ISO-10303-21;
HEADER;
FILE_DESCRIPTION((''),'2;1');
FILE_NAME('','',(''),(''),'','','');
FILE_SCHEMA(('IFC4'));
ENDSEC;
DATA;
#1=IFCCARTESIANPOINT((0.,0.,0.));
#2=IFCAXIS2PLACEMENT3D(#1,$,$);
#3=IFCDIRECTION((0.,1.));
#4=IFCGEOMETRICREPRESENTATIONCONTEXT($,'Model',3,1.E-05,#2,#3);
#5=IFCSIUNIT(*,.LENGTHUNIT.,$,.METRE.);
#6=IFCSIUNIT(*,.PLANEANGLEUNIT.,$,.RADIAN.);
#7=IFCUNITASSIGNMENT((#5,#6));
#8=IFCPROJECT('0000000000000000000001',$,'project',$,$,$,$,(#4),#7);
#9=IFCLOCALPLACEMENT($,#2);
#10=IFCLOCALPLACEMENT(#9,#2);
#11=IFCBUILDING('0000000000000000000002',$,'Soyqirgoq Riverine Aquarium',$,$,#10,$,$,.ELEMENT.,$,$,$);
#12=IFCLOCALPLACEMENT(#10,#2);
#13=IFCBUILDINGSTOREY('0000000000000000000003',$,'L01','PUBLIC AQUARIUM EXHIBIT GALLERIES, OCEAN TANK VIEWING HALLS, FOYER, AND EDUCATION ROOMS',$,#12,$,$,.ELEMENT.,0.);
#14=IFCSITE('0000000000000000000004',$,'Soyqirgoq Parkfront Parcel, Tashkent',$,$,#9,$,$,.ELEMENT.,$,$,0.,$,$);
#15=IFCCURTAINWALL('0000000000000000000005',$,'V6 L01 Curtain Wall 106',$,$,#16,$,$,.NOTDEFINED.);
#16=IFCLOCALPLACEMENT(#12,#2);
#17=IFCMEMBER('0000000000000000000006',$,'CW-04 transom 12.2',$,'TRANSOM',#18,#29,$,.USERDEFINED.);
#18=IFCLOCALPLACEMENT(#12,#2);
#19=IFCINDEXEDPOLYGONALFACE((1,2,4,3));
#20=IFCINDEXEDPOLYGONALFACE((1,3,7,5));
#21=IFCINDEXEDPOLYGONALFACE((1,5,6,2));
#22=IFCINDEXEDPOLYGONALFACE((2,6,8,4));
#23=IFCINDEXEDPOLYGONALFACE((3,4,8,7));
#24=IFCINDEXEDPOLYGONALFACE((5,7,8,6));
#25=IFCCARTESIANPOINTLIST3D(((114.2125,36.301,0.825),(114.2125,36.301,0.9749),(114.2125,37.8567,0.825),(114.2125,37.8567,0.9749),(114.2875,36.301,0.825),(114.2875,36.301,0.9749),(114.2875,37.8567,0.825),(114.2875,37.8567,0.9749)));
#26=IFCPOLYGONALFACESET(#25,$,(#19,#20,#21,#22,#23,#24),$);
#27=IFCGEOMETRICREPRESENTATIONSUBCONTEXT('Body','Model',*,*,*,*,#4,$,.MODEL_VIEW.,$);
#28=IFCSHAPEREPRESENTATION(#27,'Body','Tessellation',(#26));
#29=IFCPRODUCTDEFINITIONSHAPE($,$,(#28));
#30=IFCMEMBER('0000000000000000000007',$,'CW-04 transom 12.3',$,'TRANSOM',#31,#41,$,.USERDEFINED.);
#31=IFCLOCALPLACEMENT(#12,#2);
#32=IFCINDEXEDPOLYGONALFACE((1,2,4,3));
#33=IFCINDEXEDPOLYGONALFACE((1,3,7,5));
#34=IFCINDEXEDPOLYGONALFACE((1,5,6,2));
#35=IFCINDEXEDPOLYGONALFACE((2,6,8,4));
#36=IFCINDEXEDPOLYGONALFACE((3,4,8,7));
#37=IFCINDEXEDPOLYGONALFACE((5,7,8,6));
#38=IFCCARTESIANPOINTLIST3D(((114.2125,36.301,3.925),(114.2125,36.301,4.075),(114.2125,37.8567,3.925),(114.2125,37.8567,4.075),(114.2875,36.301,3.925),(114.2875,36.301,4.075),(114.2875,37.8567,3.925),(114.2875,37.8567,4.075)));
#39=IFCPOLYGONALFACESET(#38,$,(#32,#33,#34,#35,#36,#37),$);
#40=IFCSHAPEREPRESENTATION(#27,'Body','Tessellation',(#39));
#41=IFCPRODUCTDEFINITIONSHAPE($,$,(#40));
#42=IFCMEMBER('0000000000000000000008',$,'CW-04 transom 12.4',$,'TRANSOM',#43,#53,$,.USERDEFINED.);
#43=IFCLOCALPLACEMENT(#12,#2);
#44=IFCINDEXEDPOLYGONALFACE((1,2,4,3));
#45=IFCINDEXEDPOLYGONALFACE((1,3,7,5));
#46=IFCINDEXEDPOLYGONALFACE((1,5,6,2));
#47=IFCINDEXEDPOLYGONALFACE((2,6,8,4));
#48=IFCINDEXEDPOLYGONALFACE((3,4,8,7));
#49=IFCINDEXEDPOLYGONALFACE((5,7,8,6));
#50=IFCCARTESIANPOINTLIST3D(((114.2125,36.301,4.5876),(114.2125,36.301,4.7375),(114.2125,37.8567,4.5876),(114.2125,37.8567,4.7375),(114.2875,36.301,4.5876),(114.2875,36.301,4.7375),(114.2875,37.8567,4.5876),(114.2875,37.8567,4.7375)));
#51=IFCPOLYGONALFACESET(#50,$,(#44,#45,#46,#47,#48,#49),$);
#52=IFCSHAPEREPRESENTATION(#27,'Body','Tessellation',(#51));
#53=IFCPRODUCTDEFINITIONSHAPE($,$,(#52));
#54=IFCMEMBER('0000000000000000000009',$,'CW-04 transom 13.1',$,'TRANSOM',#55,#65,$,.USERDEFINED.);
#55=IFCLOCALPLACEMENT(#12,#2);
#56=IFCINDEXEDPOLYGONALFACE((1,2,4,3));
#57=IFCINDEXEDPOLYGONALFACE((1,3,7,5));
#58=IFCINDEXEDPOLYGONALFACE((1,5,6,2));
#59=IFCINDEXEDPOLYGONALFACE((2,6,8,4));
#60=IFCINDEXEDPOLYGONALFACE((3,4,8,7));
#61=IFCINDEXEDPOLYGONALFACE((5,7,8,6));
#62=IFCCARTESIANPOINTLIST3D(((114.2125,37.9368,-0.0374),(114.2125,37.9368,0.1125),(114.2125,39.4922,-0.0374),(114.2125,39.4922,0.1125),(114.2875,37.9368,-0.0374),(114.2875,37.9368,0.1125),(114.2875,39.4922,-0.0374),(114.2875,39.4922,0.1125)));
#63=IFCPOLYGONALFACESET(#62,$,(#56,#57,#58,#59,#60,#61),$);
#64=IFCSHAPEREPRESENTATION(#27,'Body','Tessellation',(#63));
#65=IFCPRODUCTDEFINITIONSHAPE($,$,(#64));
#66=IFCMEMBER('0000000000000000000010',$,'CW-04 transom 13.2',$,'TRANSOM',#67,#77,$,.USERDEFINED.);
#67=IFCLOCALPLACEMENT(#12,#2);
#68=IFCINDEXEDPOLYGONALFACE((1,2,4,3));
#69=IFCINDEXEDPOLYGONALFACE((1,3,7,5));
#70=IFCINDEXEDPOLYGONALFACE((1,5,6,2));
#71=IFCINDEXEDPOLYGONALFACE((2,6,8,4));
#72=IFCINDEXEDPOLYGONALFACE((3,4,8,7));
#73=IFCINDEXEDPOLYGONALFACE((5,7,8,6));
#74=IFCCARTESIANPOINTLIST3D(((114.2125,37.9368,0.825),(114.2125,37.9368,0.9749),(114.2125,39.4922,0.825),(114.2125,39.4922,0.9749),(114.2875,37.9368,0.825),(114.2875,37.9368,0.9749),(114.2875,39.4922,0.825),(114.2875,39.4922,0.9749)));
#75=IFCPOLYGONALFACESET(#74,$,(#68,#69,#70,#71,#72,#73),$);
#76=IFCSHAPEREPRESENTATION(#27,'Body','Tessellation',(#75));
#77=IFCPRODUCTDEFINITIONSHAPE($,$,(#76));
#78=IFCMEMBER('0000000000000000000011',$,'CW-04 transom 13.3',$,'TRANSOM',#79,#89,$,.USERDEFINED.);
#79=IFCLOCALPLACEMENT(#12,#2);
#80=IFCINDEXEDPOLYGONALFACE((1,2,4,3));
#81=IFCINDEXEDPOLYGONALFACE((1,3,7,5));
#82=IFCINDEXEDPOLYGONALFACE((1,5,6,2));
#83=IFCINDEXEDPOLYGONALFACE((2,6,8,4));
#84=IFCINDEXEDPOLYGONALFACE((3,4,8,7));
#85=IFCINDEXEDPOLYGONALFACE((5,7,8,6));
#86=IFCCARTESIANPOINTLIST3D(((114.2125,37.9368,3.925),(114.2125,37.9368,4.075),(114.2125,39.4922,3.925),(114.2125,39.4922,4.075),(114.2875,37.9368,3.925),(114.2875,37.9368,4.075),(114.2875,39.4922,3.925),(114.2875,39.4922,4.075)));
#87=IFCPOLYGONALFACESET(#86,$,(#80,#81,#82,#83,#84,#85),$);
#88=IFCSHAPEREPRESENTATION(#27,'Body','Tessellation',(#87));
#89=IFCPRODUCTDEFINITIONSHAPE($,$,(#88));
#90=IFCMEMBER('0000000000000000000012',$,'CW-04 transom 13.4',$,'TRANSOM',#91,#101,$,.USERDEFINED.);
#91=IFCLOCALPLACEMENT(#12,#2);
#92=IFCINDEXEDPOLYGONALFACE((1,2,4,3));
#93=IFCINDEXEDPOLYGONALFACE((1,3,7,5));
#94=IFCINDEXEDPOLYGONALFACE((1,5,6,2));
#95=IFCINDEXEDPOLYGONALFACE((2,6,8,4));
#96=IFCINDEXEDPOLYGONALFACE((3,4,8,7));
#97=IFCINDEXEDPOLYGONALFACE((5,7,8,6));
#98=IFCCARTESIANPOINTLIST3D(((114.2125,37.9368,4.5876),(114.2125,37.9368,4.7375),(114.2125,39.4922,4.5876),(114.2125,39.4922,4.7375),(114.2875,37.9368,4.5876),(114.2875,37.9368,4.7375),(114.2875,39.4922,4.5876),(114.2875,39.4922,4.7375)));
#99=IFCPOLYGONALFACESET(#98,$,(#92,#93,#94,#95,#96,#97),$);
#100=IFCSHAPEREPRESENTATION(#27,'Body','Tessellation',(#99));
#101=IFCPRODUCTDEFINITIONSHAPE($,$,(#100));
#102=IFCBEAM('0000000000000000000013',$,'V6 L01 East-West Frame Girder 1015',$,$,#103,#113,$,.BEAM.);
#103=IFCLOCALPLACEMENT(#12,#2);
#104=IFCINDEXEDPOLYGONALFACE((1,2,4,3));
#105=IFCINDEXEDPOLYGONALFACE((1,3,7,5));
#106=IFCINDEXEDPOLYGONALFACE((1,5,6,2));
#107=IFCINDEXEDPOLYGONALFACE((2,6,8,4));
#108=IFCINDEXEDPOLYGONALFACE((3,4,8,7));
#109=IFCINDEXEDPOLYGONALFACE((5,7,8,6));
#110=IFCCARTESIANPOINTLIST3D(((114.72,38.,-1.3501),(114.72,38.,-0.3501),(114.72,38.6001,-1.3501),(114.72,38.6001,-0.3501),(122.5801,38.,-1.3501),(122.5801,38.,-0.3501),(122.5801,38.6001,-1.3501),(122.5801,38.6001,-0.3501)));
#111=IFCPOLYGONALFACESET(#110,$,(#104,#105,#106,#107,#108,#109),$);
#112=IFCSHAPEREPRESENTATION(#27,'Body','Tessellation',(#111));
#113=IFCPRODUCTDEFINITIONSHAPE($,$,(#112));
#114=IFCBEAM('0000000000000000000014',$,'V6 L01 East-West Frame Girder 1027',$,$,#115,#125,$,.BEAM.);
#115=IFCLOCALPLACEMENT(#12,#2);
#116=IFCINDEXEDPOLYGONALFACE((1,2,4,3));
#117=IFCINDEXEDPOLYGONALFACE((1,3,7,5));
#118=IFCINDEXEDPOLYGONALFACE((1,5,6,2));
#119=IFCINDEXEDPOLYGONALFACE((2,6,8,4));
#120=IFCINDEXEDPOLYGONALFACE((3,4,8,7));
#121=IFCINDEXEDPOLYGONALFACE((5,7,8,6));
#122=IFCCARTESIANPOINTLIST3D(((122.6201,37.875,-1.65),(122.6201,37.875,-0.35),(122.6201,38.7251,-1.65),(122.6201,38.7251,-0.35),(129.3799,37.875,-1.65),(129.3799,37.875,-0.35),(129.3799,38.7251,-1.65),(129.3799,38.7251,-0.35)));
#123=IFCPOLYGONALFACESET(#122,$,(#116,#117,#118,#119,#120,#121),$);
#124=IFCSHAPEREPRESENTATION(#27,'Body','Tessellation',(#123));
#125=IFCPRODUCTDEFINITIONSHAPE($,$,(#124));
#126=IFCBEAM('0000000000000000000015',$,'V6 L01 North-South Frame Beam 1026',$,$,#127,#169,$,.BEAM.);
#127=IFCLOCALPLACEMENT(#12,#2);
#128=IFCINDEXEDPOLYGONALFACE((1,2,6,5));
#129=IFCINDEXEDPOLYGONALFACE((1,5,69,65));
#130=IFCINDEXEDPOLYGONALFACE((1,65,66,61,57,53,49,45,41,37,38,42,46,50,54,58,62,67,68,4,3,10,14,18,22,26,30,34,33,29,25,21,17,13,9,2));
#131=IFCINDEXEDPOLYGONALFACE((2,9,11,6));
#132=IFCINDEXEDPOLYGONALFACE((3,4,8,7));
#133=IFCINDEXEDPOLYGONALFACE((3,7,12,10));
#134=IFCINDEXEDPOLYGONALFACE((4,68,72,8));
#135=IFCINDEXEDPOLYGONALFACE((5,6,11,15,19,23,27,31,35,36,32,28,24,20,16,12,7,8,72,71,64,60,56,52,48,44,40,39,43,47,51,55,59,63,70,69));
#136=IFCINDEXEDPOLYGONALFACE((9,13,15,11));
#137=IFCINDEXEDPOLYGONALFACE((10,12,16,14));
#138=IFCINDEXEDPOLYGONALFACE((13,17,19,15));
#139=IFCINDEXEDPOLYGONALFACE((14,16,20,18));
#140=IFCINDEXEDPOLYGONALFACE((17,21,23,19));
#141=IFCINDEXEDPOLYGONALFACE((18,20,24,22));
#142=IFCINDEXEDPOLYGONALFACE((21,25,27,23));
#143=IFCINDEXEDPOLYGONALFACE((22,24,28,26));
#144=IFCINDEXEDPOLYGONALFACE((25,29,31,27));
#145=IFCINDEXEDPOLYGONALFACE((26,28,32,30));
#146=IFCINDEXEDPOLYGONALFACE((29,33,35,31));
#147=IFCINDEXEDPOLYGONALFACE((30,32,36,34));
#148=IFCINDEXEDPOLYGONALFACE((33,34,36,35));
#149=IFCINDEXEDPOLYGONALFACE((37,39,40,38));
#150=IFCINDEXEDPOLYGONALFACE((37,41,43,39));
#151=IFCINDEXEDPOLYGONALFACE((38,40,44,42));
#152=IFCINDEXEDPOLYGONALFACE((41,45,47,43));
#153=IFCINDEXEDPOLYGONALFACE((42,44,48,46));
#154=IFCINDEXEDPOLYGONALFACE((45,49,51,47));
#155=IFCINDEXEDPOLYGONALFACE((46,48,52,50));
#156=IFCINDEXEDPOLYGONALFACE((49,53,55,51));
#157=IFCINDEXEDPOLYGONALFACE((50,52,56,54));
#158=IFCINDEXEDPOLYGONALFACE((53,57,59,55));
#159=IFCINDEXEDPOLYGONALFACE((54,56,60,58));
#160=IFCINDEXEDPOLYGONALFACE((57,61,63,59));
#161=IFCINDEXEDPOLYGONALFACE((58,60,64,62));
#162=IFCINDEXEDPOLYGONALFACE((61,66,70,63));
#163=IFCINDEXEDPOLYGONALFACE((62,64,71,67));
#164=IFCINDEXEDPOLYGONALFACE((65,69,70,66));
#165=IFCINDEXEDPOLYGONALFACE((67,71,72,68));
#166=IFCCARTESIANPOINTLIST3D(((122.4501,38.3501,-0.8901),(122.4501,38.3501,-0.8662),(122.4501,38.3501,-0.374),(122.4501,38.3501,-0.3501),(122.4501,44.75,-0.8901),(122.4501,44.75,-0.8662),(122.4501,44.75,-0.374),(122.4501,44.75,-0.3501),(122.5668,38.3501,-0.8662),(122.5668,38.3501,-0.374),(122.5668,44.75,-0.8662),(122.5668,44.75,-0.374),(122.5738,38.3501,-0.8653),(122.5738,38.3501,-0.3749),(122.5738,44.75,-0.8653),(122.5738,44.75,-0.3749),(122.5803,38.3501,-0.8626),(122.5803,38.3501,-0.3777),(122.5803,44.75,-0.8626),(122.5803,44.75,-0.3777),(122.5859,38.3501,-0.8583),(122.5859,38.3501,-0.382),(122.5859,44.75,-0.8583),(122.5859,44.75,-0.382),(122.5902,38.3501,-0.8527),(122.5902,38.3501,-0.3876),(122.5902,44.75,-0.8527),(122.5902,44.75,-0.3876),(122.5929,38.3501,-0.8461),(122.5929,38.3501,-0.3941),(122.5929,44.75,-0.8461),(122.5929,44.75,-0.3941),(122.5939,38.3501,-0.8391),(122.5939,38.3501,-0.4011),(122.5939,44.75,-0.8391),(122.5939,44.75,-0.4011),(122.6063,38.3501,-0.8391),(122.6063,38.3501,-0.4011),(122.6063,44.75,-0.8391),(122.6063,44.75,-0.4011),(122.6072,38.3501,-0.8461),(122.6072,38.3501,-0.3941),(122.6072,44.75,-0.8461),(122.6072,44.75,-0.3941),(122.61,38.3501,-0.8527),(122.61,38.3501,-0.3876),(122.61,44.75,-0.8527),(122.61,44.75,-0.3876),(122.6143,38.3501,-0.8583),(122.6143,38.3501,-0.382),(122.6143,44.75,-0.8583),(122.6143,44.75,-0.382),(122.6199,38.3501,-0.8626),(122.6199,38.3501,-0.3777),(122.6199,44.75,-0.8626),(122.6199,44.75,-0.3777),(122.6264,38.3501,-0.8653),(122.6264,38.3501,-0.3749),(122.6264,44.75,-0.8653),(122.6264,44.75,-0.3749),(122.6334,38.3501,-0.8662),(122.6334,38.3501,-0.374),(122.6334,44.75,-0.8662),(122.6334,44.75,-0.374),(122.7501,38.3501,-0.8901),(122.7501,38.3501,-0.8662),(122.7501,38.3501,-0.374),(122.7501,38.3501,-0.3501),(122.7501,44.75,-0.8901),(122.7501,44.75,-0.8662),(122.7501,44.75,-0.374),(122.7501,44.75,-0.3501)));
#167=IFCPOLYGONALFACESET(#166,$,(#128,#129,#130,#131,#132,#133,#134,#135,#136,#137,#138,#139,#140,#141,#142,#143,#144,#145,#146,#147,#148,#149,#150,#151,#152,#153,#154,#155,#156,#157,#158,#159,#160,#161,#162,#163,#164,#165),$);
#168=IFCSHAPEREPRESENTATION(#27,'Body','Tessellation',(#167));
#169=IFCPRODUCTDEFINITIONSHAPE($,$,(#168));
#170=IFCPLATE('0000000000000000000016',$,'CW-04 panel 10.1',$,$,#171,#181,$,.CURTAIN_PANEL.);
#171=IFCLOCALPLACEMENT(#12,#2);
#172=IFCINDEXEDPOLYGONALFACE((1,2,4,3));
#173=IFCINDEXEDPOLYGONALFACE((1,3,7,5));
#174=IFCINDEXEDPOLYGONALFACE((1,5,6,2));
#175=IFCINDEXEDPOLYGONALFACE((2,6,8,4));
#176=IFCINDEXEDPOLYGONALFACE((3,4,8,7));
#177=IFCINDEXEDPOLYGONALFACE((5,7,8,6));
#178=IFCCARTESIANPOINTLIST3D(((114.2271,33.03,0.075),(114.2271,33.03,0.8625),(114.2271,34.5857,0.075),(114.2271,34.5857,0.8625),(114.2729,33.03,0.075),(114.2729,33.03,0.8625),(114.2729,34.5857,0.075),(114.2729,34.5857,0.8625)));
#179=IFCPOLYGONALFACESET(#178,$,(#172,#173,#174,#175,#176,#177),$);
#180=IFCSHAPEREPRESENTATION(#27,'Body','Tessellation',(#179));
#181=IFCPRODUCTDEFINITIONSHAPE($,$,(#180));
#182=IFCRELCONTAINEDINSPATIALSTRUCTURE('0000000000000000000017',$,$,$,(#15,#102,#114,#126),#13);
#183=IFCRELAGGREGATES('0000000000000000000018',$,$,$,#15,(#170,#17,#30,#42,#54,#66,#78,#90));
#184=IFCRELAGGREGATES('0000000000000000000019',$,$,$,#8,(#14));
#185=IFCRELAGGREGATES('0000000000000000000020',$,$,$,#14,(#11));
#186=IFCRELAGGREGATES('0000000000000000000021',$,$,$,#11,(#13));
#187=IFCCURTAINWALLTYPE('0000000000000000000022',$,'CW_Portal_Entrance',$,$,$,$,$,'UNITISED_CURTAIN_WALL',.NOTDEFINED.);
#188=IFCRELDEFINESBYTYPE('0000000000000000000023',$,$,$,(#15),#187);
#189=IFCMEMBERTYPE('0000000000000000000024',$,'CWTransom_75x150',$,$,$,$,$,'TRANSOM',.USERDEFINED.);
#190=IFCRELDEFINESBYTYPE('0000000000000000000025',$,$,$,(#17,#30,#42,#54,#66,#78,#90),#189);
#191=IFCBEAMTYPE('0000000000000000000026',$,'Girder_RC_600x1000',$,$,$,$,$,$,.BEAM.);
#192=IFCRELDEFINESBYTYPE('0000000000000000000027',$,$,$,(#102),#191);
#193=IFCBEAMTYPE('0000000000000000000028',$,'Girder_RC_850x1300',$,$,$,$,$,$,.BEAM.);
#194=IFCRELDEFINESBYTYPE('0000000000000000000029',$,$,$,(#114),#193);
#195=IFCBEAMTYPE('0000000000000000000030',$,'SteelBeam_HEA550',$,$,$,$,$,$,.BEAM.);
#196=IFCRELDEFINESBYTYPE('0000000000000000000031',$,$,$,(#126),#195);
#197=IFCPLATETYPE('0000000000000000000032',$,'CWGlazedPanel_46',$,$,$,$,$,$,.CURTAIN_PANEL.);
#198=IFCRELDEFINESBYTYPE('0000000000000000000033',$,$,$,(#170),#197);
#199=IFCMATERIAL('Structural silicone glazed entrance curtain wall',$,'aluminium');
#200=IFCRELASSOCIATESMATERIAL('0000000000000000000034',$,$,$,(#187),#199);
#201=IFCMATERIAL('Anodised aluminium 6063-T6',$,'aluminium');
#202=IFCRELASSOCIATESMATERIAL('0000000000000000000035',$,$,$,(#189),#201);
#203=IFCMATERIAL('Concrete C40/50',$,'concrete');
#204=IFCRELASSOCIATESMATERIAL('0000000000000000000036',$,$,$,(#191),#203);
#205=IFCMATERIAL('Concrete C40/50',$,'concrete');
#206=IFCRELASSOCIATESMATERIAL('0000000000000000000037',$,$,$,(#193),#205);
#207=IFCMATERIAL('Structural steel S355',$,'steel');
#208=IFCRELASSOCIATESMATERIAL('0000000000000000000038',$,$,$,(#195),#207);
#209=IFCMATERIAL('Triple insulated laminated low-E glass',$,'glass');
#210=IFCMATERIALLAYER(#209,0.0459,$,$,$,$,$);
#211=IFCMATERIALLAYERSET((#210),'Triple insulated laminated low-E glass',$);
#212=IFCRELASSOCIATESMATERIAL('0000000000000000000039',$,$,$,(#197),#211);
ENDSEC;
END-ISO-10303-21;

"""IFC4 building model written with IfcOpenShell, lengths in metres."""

from ifc_helpers import new_model, si_unit, direction, frame, origin, origin_2d, place, context, subcontext, project, spatial, rectangle, i_section, extrude, material, layer, layer_set, material_profile, profile_set, type_object, element, aggregate, save


model = new_model("IFC4")

# Units and contexts
model_context = context("Model", 3, precision=1e-05, world=origin(), true_north=direction((0.0, 1.0)))
body_context = subcontext(model_context, "Body", "Model", "MODEL_VIEW")
ifc_project = project(units=[si_unit("LENGTHUNIT", "METRE"), si_unit("PLANEANGLEUNIT", "RADIAN")], contexts=[model_context])

# Site, building, storey
site_placement = place(None, origin())
site = spatial("IfcSite", under=ifc_project, at=site_placement, Name="Soyqirgoq Parkfront Parcel, Tashkent", CompositionType="ELEMENT", RefElevation=0.0)
building_placement = place(site_placement, origin())
building = spatial("IfcBuilding", under=site, at=building_placement, Name="Soyqirgoq Riverine Aquarium", CompositionType="ELEMENT")
storey_placement = place(building_placement, origin())
storey = spatial("IfcBuildingStorey", under=building, at=storey_placement, Name="L01", Description="PUBLIC AQUARIUM EXHIBIT GALLERIES, OCEAN TANK VIEWING HALLS, FOYER, AND EDUCATION ROOMS", CompositionType="ELEMENT", Elevation=0.0)

# Curtain wall, members
ifc_material_1 = material(Name="Structural silicone glazed entrance curtain wall", Category="aluminium")
curtain_wall_type = type_object("IfcCurtainWallType", Name="CW_Portal_Entrance", ElementType="UNITISED_CURTAIN_WALL", PredefinedType="NOTDEFINED", material=ifc_material_1)
curtain_wall_placement = place(storey_placement, origin())
curtain_wall = element("IfcCurtainWall", 1, at=curtain_wall_placement, inside=storey, type_object=curtain_wall_type, Name="V6 L01 Curtain Wall 106", PredefinedType="NOTDEFINED")
ifc_material_2 = material(Name="Anodised aluminium 6063-T6", Category="aluminium")
ifc_material_profile_1 = material_profile(ifc_material_2, rectangle(XDim=0.075, YDim=0.1499, at=origin_2d()), Name="ALU-T 75x150")
ifc_profile_set_1 = profile_set([ifc_material_profile_1], Name="Anodised aluminium 6063-T6")
member_type_1 = type_object("IfcMemberType", Name="CWTransom_75x150", ElementType="TRANSOM", PredefinedType="USERDEFINED", material=ifc_profile_set_1)
member_1_placement = place(storey_placement, frame((114.25, 36.301, 0.8999), z_axis=(0.0, 1.0, 0.0), x_axis=(-1.0, 0.0, 0.0)))
member_1 = element("IfcMember", 2, at=member_1_placement, type_object=member_type_1, Name="CW-04 transom 12.2", ObjectType="TRANSOM", PredefinedType="USERDEFINED", context=body_context, shape_type="SweptSolid", body=[
    extrude(rectangle(XDim=0.075, YDim=0.1499, at=origin_2d()), origin(), (0.0, 0.0, 1.0), 1.5557),
])
member_2_placement = place(storey_placement, frame((114.25, 36.301, 4.0), z_axis=(0.0, 1.0, 0.0), x_axis=(-1.0, 0.0, 0.0)))
member_2 = element("IfcMember", 3, at=member_2_placement, type_object=member_type_1, Name="CW-04 transom 12.3", ObjectType="TRANSOM", PredefinedType="USERDEFINED", context=body_context, shape_type="SweptSolid", body=[
    extrude(rectangle(XDim=0.075, YDim=0.1499, at=origin_2d()), origin(), (0.0, 0.0, 1.0), 1.5557),
])
member_3_placement = place(storey_placement, frame((114.25, 36.301, 4.6626), z_axis=(0.0, 1.0, 0.0), x_axis=(-1.0, 0.0, 0.0)))
member_3 = element("IfcMember", 4, at=member_3_placement, type_object=member_type_1, Name="CW-04 transom 12.4", ObjectType="TRANSOM", PredefinedType="USERDEFINED", context=body_context, shape_type="SweptSolid", body=[
    extrude(rectangle(XDim=0.075, YDim=0.1499, at=origin_2d()), origin(), (0.0, 0.0, 1.0), 1.5557),
])
member_4_placement = place(storey_placement, frame((114.25, 37.9368, 0.0376), z_axis=(0.0, 1.0, 0.0), x_axis=(-1.0, 0.0, 0.0)))
member_4 = element("IfcMember", 5, at=member_4_placement, type_object=member_type_1, Name="CW-04 transom 13.1", ObjectType="TRANSOM", PredefinedType="USERDEFINED", context=body_context, shape_type="SweptSolid", body=[
    extrude(rectangle(XDim=0.075, YDim=0.1499, at=origin_2d()), origin(), (0.0, 0.0, 1.0), 1.5554),
])
member_5_placement = place(storey_placement, frame((114.25, 37.9368, 0.8999), z_axis=(0.0, 1.0, 0.0), x_axis=(-1.0, 0.0, 0.0)))
member_5 = element("IfcMember", 6, at=member_5_placement, type_object=member_type_1, Name="CW-04 transom 13.2", ObjectType="TRANSOM", PredefinedType="USERDEFINED", context=body_context, shape_type="SweptSolid", body=[
    extrude(rectangle(XDim=0.075, YDim=0.1499, at=origin_2d()), origin(), (0.0, 0.0, 1.0), 1.5554),
])
member_6_placement = place(storey_placement, frame((114.25, 37.9368, 4.0), z_axis=(0.0, 1.0, 0.0), x_axis=(-1.0, 0.0, 0.0)))
member_6 = element("IfcMember", 7, at=member_6_placement, type_object=member_type_1, Name="CW-04 transom 13.3", ObjectType="TRANSOM", PredefinedType="USERDEFINED", context=body_context, shape_type="SweptSolid", body=[
    extrude(rectangle(XDim=0.075, YDim=0.1499, at=origin_2d()), origin(), (0.0, 0.0, 1.0), 1.5554),
])
member_7_placement = place(storey_placement, frame((114.25, 37.9368, 4.6626), z_axis=(0.0, 1.0, 0.0), x_axis=(-1.0, 0.0, 0.0)))
member_7 = element("IfcMember", 8, at=member_7_placement, type_object=member_type_1, Name="CW-04 transom 13.4", ObjectType="TRANSOM", PredefinedType="USERDEFINED", context=body_context, shape_type="SweptSolid", body=[
    extrude(rectangle(XDim=0.075, YDim=0.1499, at=origin_2d()), origin(), (0.0, 0.0, 1.0), 1.5554),
])

# Beams
ifc_material_3 = material(Name="Concrete C40/50", Category="concrete")
ifc_material_profile_2 = material_profile(ifc_material_3, rectangle(XDim=0.6001, YDim=1.0, at=origin_2d()), Name="RC 600x1000")
ifc_profile_set_2 = profile_set([ifc_material_profile_2], Name="Concrete C40/50")
beam_type_1 = type_object("IfcBeamType", Name="Girder_RC_600x1000", PredefinedType="BEAM", material=ifc_profile_set_2)
beam_1_placement = place(storey_placement, frame((114.72, 38.3, -0.8501), z_axis=(1.0, 0.0, 0.0), x_axis=(0.0, 1.0, 0.0)))
element("IfcBeam", 9, at=beam_1_placement, inside=storey, type_object=beam_type_1, Name="V6 L01 East-West Frame Girder 1015", PredefinedType="BEAM", context=body_context, shape_type="SweptSolid", body=[
    extrude(rectangle(XDim=0.6001, YDim=1.0, at=origin_2d()), origin(), (0.0, 0.0, 1.0), 7.8601),
])
ifc_material_4 = material(Name="Concrete C40/50", Category="concrete")
ifc_material_profile_3 = material_profile(ifc_material_4, rectangle(XDim=0.8501, YDim=1.3, at=origin_2d()), Name="RC 850x1300")
ifc_profile_set_3 = profile_set([ifc_material_profile_3], Name="Concrete C40/50")
beam_type_2 = type_object("IfcBeamType", Name="Girder_RC_850x1300", PredefinedType="BEAM", material=ifc_profile_set_3)
beam_2_placement = place(storey_placement, frame((122.6201, 38.3, -1.0), z_axis=(1.0, 0.0, 0.0), x_axis=(0.0, 1.0, 0.0)))
element("IfcBeam", 10, at=beam_2_placement, inside=storey, type_object=beam_type_2, Name="V6 L01 East-West Frame Girder 1027", PredefinedType="BEAM", context=body_context, shape_type="SweptSolid", body=[
    extrude(rectangle(XDim=0.8501, YDim=1.3, at=origin_2d()), origin(), (0.0, 0.0, 1.0), 6.7598),
])
ifc_material_5 = material(Name="Structural steel S355", Category="steel")
ifc_material_profile_4 = material_profile(ifc_material_5, i_section(OverallWidth=0.3, OverallDepth=0.54, WebThickness=0.0125, FlangeThickness=0.0239, FilletRadius=0.0271, at=origin_2d()), Name="HEA 550")
ifc_profile_set_4 = profile_set([ifc_material_profile_4], Name="Structural steel S355")
beam_type_3 = type_object("IfcBeamType", Name="SteelBeam_HEA550", PredefinedType="BEAM", material=ifc_profile_set_4)
beam_3_placement = place(storey_placement, frame((122.6001, 38.3501, -0.6201), z_axis=(0.0, 1.0, 0.0), x_axis=(-1.0, 0.0, 0.0)))
element("IfcBeam", 11, at=beam_3_placement, inside=storey, type_object=beam_type_3, Name="V6 L01 North-South Frame Beam 1026", PredefinedType="BEAM", context=body_context, shape_type="SweptSolid", body=[
    extrude(i_section(OverallWidth=0.3, OverallDepth=0.54, WebThickness=0.0125, FlangeThickness=0.0239, FilletRadius=0.0271, at=origin_2d()), origin(), (0.0, 0.0, 1.0), 6.3999),
])

# Plate
ifc_material_6 = material(Name="Triple insulated laminated low-E glass", Category="glass")
ifc_layer_1 = layer(ifc_material_6, 0.0459)
ifc_layer_set_1 = layer_set([ifc_layer_1], Name="Triple insulated laminated low-E glass")
plate_type = type_object("IfcPlateType", Name="CWGlazedPanel_46", PredefinedType="CURTAIN_PANEL", material=ifc_layer_set_1)
plate_1_placement = place(storey_placement, frame((114.25, 33.8079, 0.075), z_axis=(0.0, 0.0, 1.0), x_axis=(0.0, 1.0, 0.0)))
plate_1 = element("IfcPlate", 12, at=plate_1_placement, type_object=plate_type, Name="CW-04 panel 10.1", PredefinedType="CURTAIN_PANEL", context=body_context, shape_type="SweptSolid", body=[
    extrude(rectangle(XDim=1.5557, YDim=0.0459, at=origin_2d()), origin(), (0.0, 0.0, 1.0), 0.7876),
])
aggregate(curtain_wall, [plate_1, member_1, member_2, member_3, member_4, member_5, member_6, member_7])

save(model, "model.ifc")
